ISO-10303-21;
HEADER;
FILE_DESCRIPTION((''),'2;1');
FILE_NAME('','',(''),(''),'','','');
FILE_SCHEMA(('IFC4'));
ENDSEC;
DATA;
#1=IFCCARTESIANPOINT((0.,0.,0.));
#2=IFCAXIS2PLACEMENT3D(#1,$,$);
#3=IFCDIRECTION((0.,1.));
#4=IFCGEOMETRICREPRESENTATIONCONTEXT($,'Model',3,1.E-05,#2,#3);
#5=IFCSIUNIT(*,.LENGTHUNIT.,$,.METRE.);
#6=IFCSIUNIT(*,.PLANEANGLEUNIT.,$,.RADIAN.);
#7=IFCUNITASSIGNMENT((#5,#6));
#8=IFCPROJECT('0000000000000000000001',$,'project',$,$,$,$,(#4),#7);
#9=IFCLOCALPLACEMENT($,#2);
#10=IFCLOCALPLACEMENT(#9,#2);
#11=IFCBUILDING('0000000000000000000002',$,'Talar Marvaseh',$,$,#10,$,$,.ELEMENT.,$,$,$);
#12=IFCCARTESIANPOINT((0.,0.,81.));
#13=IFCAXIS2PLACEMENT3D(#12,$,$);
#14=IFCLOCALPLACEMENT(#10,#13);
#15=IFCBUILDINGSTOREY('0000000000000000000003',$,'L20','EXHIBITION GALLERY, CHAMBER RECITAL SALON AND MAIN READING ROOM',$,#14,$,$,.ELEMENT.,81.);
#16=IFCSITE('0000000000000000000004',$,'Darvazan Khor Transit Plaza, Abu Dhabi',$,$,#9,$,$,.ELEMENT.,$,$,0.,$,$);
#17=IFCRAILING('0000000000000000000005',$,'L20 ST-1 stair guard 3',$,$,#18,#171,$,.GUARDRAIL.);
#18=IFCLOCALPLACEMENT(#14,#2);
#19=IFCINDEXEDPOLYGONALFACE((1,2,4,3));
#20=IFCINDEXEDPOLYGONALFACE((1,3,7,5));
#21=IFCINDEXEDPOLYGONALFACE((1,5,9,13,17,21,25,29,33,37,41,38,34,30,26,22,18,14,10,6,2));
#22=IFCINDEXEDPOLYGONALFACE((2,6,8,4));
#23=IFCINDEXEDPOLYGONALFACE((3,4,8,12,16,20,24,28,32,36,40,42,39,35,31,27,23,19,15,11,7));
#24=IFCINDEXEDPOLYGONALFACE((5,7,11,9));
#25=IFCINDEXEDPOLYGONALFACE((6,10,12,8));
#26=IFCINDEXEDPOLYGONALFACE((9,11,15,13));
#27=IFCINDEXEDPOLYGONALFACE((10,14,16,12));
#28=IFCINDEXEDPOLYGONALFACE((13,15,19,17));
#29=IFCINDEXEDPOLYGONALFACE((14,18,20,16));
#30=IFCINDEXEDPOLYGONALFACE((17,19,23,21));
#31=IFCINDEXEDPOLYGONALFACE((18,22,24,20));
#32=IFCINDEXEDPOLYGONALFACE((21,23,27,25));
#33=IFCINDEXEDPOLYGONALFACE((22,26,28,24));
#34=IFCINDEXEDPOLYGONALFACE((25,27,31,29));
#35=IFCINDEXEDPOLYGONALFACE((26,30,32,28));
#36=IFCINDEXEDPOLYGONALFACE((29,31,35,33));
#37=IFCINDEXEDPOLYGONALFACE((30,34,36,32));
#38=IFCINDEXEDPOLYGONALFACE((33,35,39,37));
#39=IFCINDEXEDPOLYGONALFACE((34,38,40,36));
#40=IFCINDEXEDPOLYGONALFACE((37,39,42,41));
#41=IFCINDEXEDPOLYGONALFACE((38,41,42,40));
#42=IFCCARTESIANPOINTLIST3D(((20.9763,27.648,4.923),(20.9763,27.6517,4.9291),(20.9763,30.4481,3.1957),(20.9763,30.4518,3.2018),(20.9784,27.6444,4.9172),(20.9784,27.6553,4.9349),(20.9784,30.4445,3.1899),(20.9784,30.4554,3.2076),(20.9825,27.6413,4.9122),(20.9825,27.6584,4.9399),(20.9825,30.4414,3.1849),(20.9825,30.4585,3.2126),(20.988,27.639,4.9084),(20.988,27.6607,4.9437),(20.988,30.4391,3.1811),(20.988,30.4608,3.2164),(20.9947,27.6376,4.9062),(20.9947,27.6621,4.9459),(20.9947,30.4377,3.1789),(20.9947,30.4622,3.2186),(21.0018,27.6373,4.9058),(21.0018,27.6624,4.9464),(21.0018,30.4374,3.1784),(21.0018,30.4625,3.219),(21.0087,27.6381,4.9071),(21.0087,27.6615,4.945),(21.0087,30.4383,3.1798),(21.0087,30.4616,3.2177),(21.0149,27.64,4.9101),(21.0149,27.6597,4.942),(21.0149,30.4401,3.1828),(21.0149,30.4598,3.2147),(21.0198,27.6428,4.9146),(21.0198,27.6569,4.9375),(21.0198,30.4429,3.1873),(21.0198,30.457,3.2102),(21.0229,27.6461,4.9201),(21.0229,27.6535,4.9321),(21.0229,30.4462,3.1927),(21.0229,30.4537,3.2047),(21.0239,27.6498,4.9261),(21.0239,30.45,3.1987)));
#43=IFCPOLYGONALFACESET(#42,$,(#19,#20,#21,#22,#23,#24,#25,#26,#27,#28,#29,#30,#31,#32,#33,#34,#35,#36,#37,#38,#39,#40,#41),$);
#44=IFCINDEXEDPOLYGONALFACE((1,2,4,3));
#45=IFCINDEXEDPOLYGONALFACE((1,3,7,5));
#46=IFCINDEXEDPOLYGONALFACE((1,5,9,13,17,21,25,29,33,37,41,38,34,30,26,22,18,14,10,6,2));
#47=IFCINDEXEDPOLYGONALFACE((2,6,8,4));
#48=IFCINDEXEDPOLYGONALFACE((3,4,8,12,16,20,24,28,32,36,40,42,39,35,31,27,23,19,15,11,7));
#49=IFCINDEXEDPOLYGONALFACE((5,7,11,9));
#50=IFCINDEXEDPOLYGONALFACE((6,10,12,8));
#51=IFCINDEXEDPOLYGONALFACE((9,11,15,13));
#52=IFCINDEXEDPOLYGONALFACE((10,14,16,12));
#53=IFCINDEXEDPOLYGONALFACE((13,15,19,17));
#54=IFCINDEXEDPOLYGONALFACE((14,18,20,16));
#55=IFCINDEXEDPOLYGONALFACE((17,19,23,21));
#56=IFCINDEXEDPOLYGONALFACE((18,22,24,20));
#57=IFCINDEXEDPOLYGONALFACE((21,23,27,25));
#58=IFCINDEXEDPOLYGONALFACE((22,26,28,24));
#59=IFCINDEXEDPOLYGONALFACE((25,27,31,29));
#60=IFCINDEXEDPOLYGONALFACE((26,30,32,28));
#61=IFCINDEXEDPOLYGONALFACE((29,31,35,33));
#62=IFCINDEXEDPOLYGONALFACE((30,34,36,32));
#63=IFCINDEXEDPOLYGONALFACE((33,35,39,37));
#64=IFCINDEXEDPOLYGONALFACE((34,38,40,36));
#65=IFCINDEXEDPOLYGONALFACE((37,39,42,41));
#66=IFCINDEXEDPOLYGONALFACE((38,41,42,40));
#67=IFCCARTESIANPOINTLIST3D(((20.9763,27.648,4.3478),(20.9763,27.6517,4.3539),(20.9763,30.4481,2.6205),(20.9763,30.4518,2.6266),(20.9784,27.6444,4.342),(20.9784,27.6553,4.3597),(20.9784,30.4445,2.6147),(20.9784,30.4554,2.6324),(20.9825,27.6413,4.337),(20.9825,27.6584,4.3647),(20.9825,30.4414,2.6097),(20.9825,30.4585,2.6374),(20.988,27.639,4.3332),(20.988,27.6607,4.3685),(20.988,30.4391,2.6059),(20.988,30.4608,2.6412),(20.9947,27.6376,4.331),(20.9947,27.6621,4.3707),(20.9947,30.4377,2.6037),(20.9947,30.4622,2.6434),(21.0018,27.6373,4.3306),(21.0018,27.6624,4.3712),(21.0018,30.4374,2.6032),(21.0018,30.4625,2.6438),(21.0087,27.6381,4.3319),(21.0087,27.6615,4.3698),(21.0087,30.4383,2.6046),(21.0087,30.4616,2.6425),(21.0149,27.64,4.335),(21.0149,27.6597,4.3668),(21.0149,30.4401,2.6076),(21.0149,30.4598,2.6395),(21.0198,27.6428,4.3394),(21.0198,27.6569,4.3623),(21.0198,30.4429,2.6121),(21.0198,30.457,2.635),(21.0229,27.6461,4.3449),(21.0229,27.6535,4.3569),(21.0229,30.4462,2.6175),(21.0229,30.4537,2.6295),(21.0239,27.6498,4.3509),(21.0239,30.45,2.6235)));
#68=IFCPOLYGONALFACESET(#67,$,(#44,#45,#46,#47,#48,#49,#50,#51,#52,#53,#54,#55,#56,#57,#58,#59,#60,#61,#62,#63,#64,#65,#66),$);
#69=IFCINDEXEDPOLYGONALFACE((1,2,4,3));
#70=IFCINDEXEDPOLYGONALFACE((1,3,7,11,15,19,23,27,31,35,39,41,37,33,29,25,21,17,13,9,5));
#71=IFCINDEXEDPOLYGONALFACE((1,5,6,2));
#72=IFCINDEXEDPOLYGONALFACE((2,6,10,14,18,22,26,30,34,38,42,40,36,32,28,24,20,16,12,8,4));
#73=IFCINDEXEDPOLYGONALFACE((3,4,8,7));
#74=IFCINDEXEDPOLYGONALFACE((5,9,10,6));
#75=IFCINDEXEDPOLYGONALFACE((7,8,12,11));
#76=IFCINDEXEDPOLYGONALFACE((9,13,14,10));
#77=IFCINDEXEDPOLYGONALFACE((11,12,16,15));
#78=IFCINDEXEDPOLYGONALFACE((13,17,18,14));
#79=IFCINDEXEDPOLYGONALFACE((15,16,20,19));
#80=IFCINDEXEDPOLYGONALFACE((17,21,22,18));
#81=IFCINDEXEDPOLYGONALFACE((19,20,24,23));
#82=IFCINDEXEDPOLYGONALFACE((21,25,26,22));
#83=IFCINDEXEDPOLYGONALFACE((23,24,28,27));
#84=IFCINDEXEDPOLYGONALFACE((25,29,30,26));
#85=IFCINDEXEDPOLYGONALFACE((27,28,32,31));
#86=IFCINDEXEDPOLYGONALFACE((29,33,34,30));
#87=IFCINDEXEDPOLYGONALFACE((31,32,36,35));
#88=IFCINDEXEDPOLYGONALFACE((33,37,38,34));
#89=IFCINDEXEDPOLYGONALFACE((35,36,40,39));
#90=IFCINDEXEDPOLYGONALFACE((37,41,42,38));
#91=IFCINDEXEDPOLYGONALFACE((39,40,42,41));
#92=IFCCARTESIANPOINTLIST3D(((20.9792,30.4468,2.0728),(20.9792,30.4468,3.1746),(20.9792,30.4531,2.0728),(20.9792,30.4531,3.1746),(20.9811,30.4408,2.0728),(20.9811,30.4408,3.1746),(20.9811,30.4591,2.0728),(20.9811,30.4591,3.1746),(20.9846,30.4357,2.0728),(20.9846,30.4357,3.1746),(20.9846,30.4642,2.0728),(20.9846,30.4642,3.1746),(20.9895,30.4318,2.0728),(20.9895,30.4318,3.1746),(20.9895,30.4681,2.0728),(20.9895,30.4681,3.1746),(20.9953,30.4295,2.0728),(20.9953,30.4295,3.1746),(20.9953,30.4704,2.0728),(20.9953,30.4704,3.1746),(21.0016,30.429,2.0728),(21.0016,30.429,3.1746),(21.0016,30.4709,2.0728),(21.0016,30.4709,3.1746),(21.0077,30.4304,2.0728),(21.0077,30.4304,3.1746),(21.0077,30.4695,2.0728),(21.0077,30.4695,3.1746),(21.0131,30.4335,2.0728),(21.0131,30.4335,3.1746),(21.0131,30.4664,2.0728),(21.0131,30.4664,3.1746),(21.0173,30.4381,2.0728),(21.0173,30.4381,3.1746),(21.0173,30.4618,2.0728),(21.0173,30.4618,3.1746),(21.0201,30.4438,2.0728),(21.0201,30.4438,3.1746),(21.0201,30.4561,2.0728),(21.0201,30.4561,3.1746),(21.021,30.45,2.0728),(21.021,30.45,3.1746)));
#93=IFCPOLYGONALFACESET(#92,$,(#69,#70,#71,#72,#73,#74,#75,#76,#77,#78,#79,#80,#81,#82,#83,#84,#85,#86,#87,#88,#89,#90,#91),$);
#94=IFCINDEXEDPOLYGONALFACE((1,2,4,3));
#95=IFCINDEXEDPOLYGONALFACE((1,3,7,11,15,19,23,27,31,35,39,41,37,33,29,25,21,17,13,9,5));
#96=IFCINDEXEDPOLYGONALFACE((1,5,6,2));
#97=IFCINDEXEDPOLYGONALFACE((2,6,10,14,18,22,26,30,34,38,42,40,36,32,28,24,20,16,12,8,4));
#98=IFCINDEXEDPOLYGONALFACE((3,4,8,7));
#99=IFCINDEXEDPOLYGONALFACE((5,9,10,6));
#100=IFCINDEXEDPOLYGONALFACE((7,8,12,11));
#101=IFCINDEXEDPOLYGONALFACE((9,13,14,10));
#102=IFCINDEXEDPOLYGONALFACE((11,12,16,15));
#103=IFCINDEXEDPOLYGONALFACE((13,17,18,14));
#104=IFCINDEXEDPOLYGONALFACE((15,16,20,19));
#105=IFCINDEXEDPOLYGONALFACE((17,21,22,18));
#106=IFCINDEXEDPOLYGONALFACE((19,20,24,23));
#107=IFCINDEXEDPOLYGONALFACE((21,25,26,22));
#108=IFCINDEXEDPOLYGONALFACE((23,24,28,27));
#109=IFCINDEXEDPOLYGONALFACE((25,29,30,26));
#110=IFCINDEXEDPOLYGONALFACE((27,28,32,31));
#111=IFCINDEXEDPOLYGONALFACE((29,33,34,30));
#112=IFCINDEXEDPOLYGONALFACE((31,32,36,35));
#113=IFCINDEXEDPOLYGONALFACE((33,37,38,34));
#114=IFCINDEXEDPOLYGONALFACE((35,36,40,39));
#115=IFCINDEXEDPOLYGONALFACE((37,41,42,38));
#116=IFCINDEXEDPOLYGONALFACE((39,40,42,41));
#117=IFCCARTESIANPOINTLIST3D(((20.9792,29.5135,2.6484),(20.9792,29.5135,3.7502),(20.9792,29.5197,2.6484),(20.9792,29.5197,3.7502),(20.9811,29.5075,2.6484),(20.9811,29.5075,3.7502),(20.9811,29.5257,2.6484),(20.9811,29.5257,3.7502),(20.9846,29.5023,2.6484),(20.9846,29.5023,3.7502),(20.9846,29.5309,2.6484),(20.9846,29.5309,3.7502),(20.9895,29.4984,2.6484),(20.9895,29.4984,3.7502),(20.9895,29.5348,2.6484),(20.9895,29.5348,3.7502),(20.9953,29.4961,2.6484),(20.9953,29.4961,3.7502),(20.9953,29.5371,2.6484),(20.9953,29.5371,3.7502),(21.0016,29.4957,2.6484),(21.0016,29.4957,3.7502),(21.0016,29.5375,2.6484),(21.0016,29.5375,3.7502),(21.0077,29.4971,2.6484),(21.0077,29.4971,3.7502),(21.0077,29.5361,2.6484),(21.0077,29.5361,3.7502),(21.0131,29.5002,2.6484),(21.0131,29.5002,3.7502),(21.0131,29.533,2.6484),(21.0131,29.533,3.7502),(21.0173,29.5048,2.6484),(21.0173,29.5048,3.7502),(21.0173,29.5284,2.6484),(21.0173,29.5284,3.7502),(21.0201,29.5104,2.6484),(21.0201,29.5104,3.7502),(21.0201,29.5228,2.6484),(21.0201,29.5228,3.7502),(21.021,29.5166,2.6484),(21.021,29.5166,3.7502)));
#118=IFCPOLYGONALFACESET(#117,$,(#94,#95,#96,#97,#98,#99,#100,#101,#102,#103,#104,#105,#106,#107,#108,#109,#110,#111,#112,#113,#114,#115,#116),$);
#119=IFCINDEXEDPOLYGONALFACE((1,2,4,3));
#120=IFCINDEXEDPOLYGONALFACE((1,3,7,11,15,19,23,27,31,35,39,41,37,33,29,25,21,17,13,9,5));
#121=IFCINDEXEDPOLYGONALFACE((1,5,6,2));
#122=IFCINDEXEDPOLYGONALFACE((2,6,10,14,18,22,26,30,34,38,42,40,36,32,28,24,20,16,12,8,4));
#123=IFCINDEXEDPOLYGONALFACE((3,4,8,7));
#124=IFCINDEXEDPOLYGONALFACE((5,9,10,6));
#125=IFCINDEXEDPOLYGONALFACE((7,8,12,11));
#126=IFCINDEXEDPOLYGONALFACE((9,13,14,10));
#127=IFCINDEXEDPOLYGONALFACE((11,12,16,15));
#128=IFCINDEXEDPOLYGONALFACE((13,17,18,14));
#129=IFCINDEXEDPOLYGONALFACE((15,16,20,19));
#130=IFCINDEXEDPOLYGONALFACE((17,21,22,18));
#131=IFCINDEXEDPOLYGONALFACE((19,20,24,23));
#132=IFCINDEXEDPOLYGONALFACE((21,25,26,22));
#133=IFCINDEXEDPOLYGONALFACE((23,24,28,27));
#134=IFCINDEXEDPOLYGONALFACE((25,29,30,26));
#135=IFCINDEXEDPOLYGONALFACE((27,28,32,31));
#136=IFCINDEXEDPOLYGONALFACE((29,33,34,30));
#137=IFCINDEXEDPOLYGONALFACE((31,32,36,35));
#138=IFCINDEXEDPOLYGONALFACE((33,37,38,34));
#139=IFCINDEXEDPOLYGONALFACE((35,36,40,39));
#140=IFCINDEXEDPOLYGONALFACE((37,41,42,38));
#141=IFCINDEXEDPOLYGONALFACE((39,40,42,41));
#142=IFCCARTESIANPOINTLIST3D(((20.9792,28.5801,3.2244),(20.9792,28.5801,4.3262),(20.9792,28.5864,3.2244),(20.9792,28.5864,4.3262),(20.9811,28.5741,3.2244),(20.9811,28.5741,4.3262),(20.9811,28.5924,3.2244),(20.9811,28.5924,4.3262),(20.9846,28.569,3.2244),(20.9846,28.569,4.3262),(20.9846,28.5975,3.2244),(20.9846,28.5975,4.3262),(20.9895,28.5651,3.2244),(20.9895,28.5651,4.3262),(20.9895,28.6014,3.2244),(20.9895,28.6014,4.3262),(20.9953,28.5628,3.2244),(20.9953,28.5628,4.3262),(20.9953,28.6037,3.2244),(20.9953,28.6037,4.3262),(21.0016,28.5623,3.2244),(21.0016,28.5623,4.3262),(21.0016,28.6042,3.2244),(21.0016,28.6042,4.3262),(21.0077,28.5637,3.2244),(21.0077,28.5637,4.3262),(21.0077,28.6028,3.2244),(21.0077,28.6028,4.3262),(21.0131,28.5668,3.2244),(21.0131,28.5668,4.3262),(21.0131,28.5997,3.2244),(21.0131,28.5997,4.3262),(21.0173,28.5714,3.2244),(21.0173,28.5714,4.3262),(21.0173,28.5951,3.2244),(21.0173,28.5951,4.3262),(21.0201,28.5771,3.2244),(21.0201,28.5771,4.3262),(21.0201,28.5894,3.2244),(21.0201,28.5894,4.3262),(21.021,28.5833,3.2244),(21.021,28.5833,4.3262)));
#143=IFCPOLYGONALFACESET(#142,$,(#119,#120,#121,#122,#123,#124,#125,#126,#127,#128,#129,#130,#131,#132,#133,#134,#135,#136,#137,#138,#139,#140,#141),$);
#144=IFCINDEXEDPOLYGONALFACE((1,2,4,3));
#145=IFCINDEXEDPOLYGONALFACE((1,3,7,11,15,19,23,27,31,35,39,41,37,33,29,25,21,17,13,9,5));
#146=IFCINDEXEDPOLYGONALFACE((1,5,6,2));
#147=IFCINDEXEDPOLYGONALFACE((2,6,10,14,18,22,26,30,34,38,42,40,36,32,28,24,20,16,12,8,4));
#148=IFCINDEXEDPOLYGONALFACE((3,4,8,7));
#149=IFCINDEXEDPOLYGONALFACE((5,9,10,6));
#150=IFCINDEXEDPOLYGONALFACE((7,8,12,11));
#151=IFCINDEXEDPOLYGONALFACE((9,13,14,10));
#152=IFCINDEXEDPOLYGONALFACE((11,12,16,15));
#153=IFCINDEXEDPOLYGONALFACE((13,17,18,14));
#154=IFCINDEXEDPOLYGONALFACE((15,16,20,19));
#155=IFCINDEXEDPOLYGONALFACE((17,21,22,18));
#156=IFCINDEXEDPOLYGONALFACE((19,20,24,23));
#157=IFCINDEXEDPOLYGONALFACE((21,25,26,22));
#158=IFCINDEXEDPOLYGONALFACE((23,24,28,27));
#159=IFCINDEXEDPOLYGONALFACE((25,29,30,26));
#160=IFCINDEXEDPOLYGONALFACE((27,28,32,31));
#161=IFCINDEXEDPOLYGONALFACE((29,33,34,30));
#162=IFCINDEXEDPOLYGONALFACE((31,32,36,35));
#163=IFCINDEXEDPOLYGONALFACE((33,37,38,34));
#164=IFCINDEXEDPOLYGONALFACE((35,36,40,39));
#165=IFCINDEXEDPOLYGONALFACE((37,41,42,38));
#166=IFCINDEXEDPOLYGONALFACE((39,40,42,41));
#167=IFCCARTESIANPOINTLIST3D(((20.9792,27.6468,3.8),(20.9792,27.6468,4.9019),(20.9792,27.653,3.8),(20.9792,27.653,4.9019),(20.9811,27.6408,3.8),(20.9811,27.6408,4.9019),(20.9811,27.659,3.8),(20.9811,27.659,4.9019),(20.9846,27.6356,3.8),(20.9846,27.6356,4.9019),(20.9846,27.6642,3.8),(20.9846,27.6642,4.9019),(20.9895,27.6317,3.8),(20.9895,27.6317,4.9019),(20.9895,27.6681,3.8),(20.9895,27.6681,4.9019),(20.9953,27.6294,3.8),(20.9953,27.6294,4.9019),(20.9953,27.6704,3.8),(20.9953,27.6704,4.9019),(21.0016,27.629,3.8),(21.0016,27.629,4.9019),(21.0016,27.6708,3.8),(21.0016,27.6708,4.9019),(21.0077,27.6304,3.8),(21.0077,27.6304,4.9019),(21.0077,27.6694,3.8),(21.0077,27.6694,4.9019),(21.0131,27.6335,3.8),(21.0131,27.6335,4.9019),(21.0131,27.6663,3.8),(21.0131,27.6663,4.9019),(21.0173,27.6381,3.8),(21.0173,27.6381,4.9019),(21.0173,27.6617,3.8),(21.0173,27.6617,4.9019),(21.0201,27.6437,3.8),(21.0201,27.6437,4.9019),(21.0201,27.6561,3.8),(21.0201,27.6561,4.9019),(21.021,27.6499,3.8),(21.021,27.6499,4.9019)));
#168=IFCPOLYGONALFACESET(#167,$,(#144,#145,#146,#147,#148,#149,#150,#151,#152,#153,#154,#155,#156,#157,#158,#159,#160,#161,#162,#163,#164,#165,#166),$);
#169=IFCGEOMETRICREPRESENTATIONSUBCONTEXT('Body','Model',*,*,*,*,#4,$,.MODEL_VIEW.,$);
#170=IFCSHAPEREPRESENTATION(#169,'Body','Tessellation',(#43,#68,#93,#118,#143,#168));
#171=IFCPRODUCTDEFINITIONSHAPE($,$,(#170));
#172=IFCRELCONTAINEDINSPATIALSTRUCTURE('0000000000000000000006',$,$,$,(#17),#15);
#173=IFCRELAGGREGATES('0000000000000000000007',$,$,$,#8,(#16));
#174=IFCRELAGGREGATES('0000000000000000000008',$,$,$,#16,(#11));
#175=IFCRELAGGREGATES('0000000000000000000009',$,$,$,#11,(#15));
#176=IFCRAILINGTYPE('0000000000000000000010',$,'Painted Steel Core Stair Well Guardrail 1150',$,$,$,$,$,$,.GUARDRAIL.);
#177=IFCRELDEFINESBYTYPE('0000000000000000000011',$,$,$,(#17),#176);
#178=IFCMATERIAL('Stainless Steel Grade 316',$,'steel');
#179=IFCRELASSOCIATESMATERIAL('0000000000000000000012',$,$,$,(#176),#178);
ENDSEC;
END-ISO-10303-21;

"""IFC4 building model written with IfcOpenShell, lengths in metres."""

from ifc_helpers import new_model, si_unit, direction, frame, origin, origin_2d, place, context, subcontext, project, spatial, circle, extrude, material, type_object, element, save


model = new_model("IFC4")

# Units and contexts
model_context = context("Model", 3, precision=1e-05, world=origin(), true_north=direction((0.0, 1.0)))
body_context = subcontext(model_context, "Body", "Model", "MODEL_VIEW")
ifc_project = project(units=[si_unit("LENGTHUNIT", "METRE"), si_unit("PLANEANGLEUNIT", "RADIAN")], contexts=[model_context])

# Site, building, storey
site_placement = place(None, origin())
site = spatial("IfcSite", under=ifc_project, at=site_placement, Name="Darvazan Khor Transit Plaza, Abu Dhabi", CompositionType="ELEMENT", RefElevation=0.0)
building_placement = place(site_placement, origin())
building = spatial("IfcBuilding", under=site, at=building_placement, Name="Talar Marvaseh", CompositionType="ELEMENT")
storey_placement = place(building_placement, frame((0.0, 0.0, 81.0)))
storey = spatial("IfcBuildingStorey", under=building, at=storey_placement, Name="L20", Description="EXHIBITION GALLERY, CHAMBER RECITAL SALON AND MAIN READING ROOM", CompositionType="ELEMENT", Elevation=81.0)

# Railing
ifc_material_1 = material(Name="Stainless Steel Grade 316", Category="steel")
railing_type_1 = type_object("IfcRailingType", Name="Painted Steel Core Stair Well Guardrail 1150", PredefinedType="GUARDRAIL", material=ifc_material_1)
railing_1_placement = place(storey_placement, frame((21.0, 30.45, 2.0728)))
element("IfcRailing", 1, at=railing_1_placement, inside=storey, type_object=railing_type_1, Name="L20 ST-1 stair guard 3", PredefinedType="GUARDRAIL", context=body_context, shape_type="SweptSolid", body=[
    extrude(circle(Radius=0.0239, at=origin_2d()), frame((0.0, 0.0, 1.126), z_axis=(0.0, -0.85109, 0.52502), x_axis=(1.0, 0.0, 0.0)), (0.0, 0.0, 1.0), 3.29),
    extrude(circle(Radius=0.0239, at=origin_2d()), frame((0.0, 0.0, 0.5508), z_axis=(0.0, -0.85109, 0.52502), x_axis=(1.0, 0.0, 0.0)), (0.0, 0.0, 1.0), 3.29),
    extrude(circle(Radius=0.021, at=origin_2d()), origin(), (0.0, 0.0, 1.0), 1.1018),
    extrude(circle(Radius=0.021, at=origin_2d()), frame((0.0, -0.9333, 0.5757)), (0.0, 0.0, 1.0), 1.1018),
    extrude(circle(Radius=0.021, at=origin_2d()), frame((0.0, -1.8667, 1.1516)), (0.0, 0.0, 1.0), 1.1018),
    extrude(circle(Radius=0.021, at=origin_2d()), frame((0.0, -2.8, 1.7273)), (0.0, 0.0, 1.0), 1.1018),
])

save(model, "model.ifc")
